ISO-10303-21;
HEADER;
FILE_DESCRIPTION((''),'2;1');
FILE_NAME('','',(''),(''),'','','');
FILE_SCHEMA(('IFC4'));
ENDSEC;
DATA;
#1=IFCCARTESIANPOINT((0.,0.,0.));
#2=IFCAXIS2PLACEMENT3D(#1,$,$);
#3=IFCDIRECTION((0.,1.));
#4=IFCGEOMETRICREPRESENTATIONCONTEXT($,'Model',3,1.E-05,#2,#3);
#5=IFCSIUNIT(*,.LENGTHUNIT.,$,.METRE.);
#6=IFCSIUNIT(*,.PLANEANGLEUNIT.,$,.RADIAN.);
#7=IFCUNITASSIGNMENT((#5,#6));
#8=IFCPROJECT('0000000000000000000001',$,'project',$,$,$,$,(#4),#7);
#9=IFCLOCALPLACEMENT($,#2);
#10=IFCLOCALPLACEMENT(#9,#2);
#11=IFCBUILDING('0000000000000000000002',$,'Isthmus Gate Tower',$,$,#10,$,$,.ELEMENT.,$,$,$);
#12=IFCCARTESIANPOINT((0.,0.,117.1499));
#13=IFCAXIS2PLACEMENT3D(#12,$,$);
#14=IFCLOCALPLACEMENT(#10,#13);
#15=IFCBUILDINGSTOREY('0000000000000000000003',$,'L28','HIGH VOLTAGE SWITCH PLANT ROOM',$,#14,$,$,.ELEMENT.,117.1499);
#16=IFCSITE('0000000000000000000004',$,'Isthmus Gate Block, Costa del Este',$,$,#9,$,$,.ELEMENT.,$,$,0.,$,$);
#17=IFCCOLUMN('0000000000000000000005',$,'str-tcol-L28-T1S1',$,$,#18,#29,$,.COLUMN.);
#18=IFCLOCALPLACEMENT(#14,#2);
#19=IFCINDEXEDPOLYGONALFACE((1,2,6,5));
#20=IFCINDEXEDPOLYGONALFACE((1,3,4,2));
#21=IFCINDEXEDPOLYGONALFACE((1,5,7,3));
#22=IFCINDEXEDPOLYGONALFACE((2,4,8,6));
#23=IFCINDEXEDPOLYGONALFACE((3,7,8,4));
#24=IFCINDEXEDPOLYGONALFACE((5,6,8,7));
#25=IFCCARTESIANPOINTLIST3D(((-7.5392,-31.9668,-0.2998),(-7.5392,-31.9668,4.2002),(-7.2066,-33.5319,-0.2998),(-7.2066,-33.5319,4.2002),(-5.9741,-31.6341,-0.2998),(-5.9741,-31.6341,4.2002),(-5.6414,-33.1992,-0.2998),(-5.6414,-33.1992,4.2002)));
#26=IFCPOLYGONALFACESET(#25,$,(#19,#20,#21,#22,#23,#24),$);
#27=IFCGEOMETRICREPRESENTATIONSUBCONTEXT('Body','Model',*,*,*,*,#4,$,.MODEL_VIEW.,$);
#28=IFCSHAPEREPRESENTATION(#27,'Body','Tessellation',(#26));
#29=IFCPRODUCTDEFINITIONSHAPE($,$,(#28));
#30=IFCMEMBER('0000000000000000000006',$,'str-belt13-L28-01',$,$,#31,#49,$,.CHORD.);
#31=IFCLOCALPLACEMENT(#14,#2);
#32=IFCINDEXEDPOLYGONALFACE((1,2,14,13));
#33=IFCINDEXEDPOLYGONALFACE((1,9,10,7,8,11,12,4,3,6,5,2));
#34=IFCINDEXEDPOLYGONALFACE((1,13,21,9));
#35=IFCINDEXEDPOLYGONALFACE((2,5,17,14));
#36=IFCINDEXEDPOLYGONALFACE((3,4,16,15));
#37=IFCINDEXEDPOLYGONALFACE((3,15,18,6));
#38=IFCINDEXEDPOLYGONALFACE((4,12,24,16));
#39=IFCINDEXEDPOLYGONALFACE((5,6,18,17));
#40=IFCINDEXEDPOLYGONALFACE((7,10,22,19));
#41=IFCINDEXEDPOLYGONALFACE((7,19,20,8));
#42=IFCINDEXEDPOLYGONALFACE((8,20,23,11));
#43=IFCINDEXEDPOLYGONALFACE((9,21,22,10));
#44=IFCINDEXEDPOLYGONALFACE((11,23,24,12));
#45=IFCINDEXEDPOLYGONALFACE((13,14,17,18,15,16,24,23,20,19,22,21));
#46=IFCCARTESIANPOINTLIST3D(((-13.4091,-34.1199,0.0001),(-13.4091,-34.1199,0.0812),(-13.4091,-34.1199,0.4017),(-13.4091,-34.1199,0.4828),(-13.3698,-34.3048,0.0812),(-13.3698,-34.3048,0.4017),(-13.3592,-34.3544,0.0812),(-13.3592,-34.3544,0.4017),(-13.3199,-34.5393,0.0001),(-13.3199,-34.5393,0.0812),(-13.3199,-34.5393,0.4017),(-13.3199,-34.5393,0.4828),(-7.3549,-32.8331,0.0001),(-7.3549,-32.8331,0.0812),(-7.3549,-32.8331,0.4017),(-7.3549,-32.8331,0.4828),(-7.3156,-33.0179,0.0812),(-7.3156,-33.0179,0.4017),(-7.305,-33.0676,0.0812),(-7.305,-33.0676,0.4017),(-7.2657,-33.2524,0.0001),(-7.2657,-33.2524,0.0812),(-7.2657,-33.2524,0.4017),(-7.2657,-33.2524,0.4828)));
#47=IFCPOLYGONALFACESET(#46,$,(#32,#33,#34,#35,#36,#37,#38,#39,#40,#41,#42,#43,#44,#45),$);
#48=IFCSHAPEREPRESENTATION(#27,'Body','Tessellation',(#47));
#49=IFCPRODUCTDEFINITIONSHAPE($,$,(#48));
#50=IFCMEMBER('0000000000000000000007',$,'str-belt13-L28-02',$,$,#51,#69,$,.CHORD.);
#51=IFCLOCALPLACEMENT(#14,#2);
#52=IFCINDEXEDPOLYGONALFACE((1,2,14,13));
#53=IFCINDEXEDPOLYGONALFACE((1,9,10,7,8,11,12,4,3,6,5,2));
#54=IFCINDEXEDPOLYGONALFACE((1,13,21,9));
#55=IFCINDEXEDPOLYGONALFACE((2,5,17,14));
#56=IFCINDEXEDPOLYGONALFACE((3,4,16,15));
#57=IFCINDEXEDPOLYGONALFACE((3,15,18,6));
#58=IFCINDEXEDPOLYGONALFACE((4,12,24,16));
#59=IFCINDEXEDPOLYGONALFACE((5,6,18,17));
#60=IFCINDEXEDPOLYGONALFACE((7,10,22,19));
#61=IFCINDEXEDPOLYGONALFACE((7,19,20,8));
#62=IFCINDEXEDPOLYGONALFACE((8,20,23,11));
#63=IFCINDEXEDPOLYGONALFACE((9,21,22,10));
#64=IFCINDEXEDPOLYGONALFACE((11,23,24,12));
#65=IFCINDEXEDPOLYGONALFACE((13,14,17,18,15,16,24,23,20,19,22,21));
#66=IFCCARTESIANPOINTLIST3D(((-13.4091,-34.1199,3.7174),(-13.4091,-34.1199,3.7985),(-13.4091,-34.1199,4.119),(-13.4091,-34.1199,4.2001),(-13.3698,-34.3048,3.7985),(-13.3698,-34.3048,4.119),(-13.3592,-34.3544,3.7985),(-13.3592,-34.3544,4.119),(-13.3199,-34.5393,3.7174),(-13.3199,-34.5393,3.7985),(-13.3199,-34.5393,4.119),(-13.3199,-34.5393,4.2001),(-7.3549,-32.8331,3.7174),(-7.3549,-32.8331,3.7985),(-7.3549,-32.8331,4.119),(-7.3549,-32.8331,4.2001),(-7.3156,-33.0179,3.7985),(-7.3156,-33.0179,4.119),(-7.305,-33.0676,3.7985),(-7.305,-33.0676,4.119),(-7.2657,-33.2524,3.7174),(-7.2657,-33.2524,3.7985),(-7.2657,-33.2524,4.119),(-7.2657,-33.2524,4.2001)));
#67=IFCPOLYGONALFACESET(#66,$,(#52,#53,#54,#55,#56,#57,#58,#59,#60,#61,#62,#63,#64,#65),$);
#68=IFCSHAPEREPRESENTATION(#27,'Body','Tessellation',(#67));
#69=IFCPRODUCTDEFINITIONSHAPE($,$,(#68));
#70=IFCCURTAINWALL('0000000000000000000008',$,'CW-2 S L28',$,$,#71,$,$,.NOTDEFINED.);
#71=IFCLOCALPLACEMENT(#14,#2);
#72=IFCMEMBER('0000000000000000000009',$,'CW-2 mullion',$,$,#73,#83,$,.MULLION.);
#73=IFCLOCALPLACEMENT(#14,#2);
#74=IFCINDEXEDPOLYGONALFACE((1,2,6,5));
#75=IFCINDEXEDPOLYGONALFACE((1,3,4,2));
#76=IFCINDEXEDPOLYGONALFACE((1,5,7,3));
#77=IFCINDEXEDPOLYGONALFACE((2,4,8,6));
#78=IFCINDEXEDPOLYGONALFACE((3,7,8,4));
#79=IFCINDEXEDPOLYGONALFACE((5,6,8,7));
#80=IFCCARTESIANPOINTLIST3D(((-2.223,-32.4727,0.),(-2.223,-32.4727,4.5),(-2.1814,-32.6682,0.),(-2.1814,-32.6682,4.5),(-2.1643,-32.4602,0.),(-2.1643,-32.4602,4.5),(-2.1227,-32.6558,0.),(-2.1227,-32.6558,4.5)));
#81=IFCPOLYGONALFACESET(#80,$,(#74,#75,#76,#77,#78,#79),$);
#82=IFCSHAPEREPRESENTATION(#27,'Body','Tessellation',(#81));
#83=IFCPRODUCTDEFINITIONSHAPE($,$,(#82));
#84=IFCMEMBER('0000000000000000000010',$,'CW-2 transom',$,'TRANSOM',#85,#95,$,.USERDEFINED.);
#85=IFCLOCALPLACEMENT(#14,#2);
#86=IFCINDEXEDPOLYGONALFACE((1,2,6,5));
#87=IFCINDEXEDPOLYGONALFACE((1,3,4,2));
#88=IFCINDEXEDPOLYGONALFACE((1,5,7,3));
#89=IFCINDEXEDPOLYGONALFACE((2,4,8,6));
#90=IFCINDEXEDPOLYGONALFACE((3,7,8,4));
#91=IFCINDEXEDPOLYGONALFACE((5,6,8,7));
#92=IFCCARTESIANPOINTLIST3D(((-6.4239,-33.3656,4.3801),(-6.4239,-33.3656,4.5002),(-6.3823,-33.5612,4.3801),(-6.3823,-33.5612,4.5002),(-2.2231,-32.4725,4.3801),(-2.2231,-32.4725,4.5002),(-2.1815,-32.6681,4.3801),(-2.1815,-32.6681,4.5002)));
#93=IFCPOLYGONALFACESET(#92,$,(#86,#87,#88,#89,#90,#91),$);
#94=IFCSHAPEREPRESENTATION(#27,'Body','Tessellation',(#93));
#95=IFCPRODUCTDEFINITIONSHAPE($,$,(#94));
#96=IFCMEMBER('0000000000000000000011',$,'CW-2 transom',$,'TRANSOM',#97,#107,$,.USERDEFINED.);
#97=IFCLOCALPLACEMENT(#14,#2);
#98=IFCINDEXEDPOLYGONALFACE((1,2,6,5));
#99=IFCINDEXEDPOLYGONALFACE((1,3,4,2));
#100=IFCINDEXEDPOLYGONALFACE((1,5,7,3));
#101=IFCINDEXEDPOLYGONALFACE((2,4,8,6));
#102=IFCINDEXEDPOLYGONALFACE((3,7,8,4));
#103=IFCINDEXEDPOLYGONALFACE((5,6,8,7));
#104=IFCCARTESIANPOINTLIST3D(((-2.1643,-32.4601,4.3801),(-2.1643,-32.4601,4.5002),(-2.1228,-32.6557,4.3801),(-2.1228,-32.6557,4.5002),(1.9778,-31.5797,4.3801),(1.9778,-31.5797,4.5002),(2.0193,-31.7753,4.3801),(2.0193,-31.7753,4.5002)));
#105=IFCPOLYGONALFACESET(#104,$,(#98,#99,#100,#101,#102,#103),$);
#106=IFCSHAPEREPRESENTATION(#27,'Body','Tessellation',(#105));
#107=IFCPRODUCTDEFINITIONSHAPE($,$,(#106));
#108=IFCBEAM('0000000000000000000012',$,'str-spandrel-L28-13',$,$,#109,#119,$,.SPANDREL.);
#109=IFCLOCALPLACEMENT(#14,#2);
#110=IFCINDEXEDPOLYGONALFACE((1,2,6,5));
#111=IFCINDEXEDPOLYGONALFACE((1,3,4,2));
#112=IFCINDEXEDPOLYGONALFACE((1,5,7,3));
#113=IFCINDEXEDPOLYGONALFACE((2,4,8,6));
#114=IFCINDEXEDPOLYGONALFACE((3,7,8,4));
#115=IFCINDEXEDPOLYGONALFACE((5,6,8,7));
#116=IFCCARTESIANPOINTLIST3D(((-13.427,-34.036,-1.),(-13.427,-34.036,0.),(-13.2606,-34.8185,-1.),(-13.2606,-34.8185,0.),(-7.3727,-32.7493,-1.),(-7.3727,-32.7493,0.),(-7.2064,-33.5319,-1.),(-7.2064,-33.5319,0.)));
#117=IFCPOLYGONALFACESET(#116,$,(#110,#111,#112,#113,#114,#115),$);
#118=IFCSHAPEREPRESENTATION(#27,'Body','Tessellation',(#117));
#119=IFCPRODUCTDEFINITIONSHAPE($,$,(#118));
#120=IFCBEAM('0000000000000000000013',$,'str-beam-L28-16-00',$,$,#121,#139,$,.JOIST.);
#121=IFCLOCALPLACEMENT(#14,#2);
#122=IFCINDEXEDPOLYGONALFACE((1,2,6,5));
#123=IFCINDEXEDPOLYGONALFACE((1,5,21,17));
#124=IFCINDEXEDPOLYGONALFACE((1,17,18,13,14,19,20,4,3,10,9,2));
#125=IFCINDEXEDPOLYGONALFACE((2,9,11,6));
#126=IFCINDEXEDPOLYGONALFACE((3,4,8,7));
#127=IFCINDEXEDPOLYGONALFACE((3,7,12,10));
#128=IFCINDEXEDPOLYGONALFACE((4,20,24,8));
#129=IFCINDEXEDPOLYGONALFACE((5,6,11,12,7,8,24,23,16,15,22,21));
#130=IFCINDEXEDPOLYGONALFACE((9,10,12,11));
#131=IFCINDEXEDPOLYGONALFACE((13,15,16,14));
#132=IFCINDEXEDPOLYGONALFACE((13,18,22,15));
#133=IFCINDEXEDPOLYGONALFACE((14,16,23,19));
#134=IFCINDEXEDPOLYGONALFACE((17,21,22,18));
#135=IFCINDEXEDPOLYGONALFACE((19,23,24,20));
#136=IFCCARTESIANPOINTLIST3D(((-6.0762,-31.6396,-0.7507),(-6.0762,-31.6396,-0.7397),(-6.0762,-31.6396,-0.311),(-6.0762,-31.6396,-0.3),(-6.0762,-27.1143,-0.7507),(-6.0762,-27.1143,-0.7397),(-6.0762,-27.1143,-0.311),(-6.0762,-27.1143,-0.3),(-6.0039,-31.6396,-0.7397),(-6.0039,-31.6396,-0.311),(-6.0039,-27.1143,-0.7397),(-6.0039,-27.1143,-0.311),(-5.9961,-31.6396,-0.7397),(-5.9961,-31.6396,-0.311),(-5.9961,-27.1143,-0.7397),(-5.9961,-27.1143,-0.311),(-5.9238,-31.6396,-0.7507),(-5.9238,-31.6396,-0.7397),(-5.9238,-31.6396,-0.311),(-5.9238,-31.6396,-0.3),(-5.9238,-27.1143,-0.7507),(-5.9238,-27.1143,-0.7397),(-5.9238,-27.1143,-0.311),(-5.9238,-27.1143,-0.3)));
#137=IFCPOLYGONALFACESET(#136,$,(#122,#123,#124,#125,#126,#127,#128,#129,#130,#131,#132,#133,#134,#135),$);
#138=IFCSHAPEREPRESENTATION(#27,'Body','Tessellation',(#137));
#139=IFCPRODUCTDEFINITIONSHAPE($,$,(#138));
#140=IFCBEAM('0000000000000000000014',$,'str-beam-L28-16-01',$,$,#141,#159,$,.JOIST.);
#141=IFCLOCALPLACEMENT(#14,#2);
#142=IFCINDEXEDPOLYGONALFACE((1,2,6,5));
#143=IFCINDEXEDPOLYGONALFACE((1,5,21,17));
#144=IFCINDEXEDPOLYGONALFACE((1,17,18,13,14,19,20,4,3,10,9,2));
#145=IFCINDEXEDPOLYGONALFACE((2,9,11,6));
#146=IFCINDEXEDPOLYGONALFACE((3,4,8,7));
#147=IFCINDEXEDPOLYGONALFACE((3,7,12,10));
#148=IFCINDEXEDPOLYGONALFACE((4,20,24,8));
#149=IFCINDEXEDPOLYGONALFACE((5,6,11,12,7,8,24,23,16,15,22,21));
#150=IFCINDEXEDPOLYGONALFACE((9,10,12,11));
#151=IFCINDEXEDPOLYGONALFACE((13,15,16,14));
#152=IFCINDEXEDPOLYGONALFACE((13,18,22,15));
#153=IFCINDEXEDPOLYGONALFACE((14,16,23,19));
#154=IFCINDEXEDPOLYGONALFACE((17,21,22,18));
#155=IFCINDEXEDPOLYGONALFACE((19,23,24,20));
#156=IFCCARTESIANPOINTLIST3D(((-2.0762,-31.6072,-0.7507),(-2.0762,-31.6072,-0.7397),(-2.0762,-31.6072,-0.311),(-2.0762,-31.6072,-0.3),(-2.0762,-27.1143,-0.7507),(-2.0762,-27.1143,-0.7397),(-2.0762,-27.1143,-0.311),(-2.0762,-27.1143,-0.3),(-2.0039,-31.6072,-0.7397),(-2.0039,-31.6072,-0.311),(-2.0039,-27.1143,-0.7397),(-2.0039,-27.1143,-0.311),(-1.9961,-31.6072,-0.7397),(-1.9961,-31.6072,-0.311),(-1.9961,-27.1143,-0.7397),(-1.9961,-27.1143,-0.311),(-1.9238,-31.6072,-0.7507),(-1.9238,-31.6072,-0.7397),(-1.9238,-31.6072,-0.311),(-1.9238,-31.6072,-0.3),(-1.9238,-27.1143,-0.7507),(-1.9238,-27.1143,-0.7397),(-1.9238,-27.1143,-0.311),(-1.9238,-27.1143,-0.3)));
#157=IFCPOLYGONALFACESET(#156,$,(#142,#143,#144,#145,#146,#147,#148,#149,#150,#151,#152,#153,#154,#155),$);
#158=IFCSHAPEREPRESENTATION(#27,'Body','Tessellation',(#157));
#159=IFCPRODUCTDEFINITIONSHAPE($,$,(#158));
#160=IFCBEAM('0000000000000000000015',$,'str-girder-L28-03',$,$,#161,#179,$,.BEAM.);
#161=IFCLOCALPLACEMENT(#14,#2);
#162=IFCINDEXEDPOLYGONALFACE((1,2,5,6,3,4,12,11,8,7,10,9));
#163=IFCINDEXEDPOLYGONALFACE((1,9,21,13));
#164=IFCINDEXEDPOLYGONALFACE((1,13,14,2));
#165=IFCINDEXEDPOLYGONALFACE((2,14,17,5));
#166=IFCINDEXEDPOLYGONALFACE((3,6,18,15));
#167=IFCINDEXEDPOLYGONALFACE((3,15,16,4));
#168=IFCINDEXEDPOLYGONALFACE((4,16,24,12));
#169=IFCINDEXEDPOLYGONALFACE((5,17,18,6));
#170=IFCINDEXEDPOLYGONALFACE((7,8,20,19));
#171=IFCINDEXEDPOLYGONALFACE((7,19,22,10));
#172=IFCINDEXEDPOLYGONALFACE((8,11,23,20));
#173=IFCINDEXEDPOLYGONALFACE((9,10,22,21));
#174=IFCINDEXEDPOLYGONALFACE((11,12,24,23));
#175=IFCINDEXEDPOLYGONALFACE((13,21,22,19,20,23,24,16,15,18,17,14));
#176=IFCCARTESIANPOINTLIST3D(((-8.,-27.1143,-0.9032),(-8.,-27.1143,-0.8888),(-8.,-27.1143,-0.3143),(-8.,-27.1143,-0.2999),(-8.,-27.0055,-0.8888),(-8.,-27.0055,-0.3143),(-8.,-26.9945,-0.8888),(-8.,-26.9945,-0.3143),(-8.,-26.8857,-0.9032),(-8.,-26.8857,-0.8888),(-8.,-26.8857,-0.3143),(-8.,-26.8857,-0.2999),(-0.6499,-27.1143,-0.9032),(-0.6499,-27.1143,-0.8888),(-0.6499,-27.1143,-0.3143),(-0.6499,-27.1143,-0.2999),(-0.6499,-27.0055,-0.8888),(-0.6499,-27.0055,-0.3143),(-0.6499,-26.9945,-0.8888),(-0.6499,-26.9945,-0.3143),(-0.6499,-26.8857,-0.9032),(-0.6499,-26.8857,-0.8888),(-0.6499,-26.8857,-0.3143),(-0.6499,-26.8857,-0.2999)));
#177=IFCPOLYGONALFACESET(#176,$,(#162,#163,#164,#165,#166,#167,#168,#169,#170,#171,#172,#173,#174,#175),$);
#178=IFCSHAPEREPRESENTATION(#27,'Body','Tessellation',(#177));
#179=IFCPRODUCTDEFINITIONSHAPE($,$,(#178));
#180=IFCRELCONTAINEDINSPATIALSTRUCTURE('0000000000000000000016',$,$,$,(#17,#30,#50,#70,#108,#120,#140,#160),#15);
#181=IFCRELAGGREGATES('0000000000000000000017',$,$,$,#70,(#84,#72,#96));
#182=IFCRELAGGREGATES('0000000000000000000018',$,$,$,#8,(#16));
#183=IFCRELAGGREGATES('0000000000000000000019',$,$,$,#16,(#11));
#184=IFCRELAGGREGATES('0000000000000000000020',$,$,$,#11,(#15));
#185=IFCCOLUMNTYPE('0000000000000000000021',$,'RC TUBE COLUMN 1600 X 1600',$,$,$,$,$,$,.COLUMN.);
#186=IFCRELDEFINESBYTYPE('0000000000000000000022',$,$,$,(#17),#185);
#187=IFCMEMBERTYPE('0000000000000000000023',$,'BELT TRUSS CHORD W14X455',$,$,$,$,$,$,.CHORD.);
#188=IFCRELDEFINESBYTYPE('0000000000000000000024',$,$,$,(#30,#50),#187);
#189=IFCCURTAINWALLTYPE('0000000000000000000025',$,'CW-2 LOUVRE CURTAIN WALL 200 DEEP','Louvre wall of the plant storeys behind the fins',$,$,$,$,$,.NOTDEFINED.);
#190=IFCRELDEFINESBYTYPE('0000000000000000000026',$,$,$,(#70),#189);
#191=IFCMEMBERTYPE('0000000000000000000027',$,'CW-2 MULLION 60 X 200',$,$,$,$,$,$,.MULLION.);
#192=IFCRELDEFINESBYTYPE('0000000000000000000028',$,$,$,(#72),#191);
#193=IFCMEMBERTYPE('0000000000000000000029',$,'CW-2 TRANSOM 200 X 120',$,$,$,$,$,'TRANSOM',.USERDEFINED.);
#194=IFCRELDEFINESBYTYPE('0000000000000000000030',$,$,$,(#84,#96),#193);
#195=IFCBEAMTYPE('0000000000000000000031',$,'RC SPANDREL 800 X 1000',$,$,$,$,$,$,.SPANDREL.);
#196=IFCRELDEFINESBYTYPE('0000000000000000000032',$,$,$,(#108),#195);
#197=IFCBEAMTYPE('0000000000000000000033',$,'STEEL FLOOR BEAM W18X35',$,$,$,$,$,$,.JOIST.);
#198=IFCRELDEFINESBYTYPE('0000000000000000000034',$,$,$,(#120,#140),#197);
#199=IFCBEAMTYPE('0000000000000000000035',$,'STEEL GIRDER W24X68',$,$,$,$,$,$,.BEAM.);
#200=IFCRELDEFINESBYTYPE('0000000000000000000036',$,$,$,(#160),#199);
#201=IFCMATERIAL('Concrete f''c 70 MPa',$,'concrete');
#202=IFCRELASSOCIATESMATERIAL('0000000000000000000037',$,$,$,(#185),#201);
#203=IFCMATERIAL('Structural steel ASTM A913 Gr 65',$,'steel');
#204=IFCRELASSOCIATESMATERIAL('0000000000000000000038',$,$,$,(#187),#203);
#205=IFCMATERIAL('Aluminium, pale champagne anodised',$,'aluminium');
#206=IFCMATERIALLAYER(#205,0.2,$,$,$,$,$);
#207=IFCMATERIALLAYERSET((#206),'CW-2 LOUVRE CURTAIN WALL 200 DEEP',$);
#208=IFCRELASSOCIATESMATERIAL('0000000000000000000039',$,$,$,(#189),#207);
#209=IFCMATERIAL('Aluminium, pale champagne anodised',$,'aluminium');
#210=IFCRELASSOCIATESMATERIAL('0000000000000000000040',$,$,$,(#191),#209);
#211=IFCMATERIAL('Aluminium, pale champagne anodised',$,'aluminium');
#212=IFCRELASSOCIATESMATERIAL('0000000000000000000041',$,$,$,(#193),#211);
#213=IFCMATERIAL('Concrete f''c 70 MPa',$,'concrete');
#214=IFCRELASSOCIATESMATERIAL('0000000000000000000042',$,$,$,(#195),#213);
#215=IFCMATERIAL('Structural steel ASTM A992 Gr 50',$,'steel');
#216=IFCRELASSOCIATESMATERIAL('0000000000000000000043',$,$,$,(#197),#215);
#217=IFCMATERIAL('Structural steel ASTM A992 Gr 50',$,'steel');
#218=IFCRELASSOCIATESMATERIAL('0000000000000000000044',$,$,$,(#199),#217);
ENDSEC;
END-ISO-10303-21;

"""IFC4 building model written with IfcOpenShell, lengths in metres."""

from ifc_helpers import new_model, si_unit, direction, frame, origin, origin_2d, place, context, subcontext, project, spatial, rectangle, i_section, extrude, material, layer, layer_set, material_profile, profile_set, type_object, element, aggregate, save


model = new_model("IFC4")

# Units and contexts
model_context = context("Model", 3, precision=1e-05, world=origin(), true_north=direction((0.0, 1.0)))
body_context = subcontext(model_context, "Body", "Model", "MODEL_VIEW")
ifc_project = project(units=[si_unit("LENGTHUNIT", "METRE"), si_unit("PLANEANGLEUNIT", "RADIAN")], contexts=[model_context])

# Site, building, storey
site_placement = place(None, origin())
site = spatial("IfcSite", under=ifc_project, at=site_placement, Name="Isthmus Gate Block, Costa del Este", CompositionType="ELEMENT", RefElevation=0.0)
building_placement = place(site_placement, origin())
building = spatial("IfcBuilding", under=site, at=building_placement, Name="Isthmus Gate Tower", CompositionType="ELEMENT")
storey_placement = place(building_placement, frame((0.0, 0.0, 117.1499)))
storey = spatial("IfcBuildingStorey", under=building, at=storey_placement, Name="L28", Description="HIGH VOLTAGE SWITCH PLANT ROOM", CompositionType="ELEMENT", Elevation=117.1499)

# Column
ifc_material_1 = material(Name="Concrete f'c 70 MPa", Category="concrete")
ifc_material_profile_1 = material_profile(ifc_material_1, rectangle(XDim=1.6001, YDim=1.6001, at=origin_2d()), Name="RC 1600X1600")
ifc_profile_set_1 = profile_set([ifc_material_profile_1], Name="Concrete f'c 70 MPa")
column_type = type_object("IfcColumnType", Name="RC TUBE COLUMN 1600 X 1600", PredefinedType="COLUMN", material=ifc_profile_set_1)
column_placement = place(storey_placement, frame((-6.5903, -32.583, -0.2998), z_axis=(0.0, 0.0, 1.0), x_axis=(0.978148, 0.207912, 0.0)))
element("IfcColumn", 1, at=column_placement, inside=storey, type_object=column_type, Name="str-tcol-L28-T1S1", PredefinedType="COLUMN", context=body_context, shape_type="SweptSolid", body=[
    extrude(rectangle(XDim=1.6001, YDim=1.6001, at=origin_2d()), origin(), (0.0, 0.0, 1.0), 4.5),
])

# Members
ifc_material_2 = material(Name="Structural steel ASTM A913 Gr 65", Category="steel")
ifc_material_profile_2 = material_profile(ifc_material_2, i_section(OverallWidth=0.4287, OverallDepth=0.4827, WebThickness=0.0508, FlangeThickness=0.0811, at=origin_2d()), Name="W14X455")
ifc_profile_set_2 = profile_set([ifc_material_profile_2], Name="Structural steel ASTM A913 Gr 65")
member_type_1 = type_object("IfcMemberType", Name="BELT TRUSS CHORD W14X455", PredefinedType="CHORD", material=ifc_profile_set_2)
for number, where, z_axis, x_axis, name in (
    (2, (-7.3103, -33.0427, 0.2415), (-0.978147, -0.207913, 0.0), (0.207913, -0.978147, 0.0), "str-belt13-L28-01"),
    (3, (-7.3103, -33.0427, 3.9587), (-0.978147, -0.207913, 0.0), (0.207913, -0.978147, 0.0), "str-belt13-L28-02"),
):
    element("IfcMember", number, at=place(storey_placement, frame(where, z_axis=z_axis, x_axis=x_axis)), inside=storey, type_object=member_type_1, Name=name, PredefinedType="CHORD", context=body_context, shape_type="SweptSolid", body=[
        extrude(i_section(OverallWidth=0.4287, OverallDepth=0.4827, WebThickness=0.0508, FlangeThickness=0.0811, at=origin_2d()), origin(), (0.0, 0.0, 1.0), 6.1895),
    ])

# Curtain wall, members
ifc_material_3 = material(Name="Aluminium, pale champagne anodised", Category="aluminium")
ifc_layer_1 = layer(ifc_material_3, 0.2)
ifc_layer_set_1 = layer_set([ifc_layer_1], Name="CW-2 LOUVRE CURTAIN WALL 200 DEEP")
curtain_wall_type = type_object("IfcCurtainWallType", Name="CW-2 LOUVRE CURTAIN WALL 200 DEEP", Description="Louvre wall of the plant storeys behind the fins", PredefinedType="NOTDEFINED", material=ifc_layer_set_1)
curtain_wall_placement = place(storey_placement, origin())
curtain_wall = element("IfcCurtainWall", 4, at=curtain_wall_placement, inside=storey, type_object=curtain_wall_type, Name="CW-2 S L28", PredefinedType="NOTDEFINED")
ifc_material_4 = material(Name="Aluminium, pale champagne anodised", Category="aluminium")
ifc_material_profile_3 = material_profile(ifc_material_4, rectangle(XDim=0.0601, YDim=0.2, at=origin_2d()), Name="60x200")
ifc_profile_set_3 = profile_set([ifc_material_profile_3], Name="Aluminium, pale champagne anodised")
member_type_2 = type_object("IfcMemberType", Name="CW-2 MULLION 60 X 200", PredefinedType="MULLION", material=ifc_profile_set_3)
member_1_placement = place(storey_placement, frame((-2.1729, -32.5642, 0.0), z_axis=(0.0, 0.0, 1.0), x_axis=(0.978148, 0.207912, 0.0)))
member_1 = element("IfcMember", 5, at=member_1_placement, type_object=member_type_2, Name="CW-2 mullion", PredefinedType="MULLION", context=body_context, shape_type="SweptSolid", body=[
    extrude(rectangle(XDim=0.0601, YDim=0.2, at=origin_2d()), origin(), (0.0, 0.0, 1.0), 4.5),
])
ifc_material_5 = material(Name="Aluminium, pale champagne anodised", Category="aluminium")
ifc_material_profile_4 = material_profile(ifc_material_5, rectangle(XDim=0.2, YDim=0.1201, at=origin_2d()), Name="200x120")
ifc_profile_set_4 = profile_set([ifc_material_profile_4], Name="Aluminium, pale champagne anodised")
member_type_3 = type_object("IfcMemberType", Name="CW-2 TRANSOM 200 X 120", ElementType="TRANSOM", PredefinedType="USERDEFINED", material=ifc_profile_set_4)
member_2_placement = place(storey_placement, frame((-6.4031, -33.4634, 4.4402), z_axis=(0.978139, 0.207953, 0.0), x_axis=(-0.207953, 0.978139, 0.0)))
member_2 = element("IfcMember", 6, at=member_2_placement, type_object=member_type_3, Name="CW-2 transom", ObjectType="TRANSOM", PredefinedType="USERDEFINED", context=body_context, shape_type="SweptSolid", body=[
    extrude(rectangle(XDim=0.2, YDim=0.1201, at=origin_2d()), origin(), (0.0, 0.0, 1.0), 4.2947),
])
member_3_placement = place(storey_placement, frame((-2.1436, -32.5579, 4.4402), z_axis=(0.97815, 0.207899, 0.0), x_axis=(-0.207899, 0.97815, 0.0)))
member_3 = element("IfcMember", 7, at=member_3_placement, type_object=member_type_3, Name="CW-2 transom", ObjectType="TRANSOM", PredefinedType="USERDEFINED", context=body_context, shape_type="SweptSolid", body=[
    extrude(rectangle(XDim=0.2, YDim=0.1201, at=origin_2d()), origin(), (0.0, 0.0, 1.0), 4.2346),
])

# Beams
ifc_material_6 = material(Name="Concrete f'c 70 MPa", Category="concrete")
ifc_material_profile_5 = material_profile(ifc_material_6, rectangle(XDim=0.8, YDim=1.0, at=origin_2d()), Name="RC 800X1000")
ifc_profile_set_5 = profile_set([ifc_material_profile_5], Name="Concrete f'c 70 MPa")
beam_type_1 = type_object("IfcBeamType", Name="RC SPANDREL 800 X 1000", PredefinedType="SPANDREL", material=ifc_profile_set_5)
beam_1_placement = place(storey_placement, frame((-7.2896, -33.1406, -0.5), z_axis=(-0.978155, -0.207875, 0.0), x_axis=(0.207875, -0.978155, 0.0)))
element("IfcBeam", 8, at=beam_1_placement, inside=storey, type_object=beam_type_1, Name="str-spandrel-L28-13", PredefinedType="SPANDREL", context=body_context, shape_type="SweptSolid", body=[
    extrude(rectangle(XDim=0.8, YDim=1.0, at=origin_2d()), origin(), (0.0, 0.0, 1.0), 6.1895),
])
ifc_material_7 = material(Name="Structural steel ASTM A992 Gr 50", Category="steel")
ifc_material_profile_6 = material_profile(ifc_material_7, i_section(OverallWidth=0.1523, OverallDepth=0.4507, WebThickness=0.0078, FlangeThickness=0.011, at=origin_2d()), Name="W18X35")
ifc_profile_set_6 = profile_set([ifc_material_profile_6], Name="Structural steel ASTM A992 Gr 50")
beam_type_2 = type_object("IfcBeamType", Name="STEEL FLOOR BEAM W18X35", PredefinedType="JOIST", material=ifc_profile_set_6)
beam_2_placement = place(storey_placement, frame((-6.0, -31.6396, -0.5254), z_axis=(0.0, 1.0, 0.0), x_axis=(-1.0, 0.0, 0.0)))
element("IfcBeam", 9, at=beam_2_placement, inside=storey, type_object=beam_type_2, Name="str-beam-L28-16-00", PredefinedType="JOIST", context=body_context, shape_type="SweptSolid", body=[
    extrude(i_section(OverallWidth=0.1523, OverallDepth=0.4507, WebThickness=0.0078, FlangeThickness=0.011, at=origin_2d()), origin(), (0.0, 0.0, 1.0), 4.5254),
])
beam_3_placement = place(storey_placement, frame((-2.0, -31.6072, -0.5254), z_axis=(0.0, 1.0, 0.0), x_axis=(-1.0, 0.0, 0.0)))
element("IfcBeam", 10, at=beam_3_placement, inside=storey, type_object=beam_type_2, Name="str-beam-L28-16-01", PredefinedType="JOIST", context=body_context, shape_type="SweptSolid", body=[
    extrude(i_section(OverallWidth=0.1523, OverallDepth=0.4507, WebThickness=0.0078, FlangeThickness=0.011, at=origin_2d()), origin(), (0.0, 0.0, 1.0), 4.4929),
])
ifc_material_8 = material(Name="Structural steel ASTM A992 Gr 50", Category="steel")
ifc_material_profile_7 = material_profile(ifc_material_8, i_section(OverallWidth=0.2285, OverallDepth=0.6033, WebThickness=0.011, FlangeThickness=0.0144, at=origin_2d()), Name="W24X68")
ifc_profile_set_7 = profile_set([ifc_material_profile_7], Name="Structural steel ASTM A992 Gr 50")
beam_type_3 = type_object("IfcBeamType", Name="STEEL GIRDER W24X68", PredefinedType="BEAM", material=ifc_profile_set_7)
beam_4_placement = place(storey_placement, frame((-8.0, -27.0, -0.6016), z_axis=(1.0, 0.0, 0.0), x_axis=(0.0, 1.0, 0.0)))
element("IfcBeam", 11, at=beam_4_placement, inside=storey, type_object=beam_type_3, Name="str-girder-L28-03", PredefinedType="BEAM", context=body_context, shape_type="SweptSolid", body=[
    extrude(i_section(OverallWidth=0.2285, OverallDepth=0.6033, WebThickness=0.011, FlangeThickness=0.0144, at=origin_2d()), origin(), (0.0, 0.0, 1.0), 7.3501),
])

aggregate(curtain_wall, [member_2, member_1, member_3])

save(model, "model.ifc")
